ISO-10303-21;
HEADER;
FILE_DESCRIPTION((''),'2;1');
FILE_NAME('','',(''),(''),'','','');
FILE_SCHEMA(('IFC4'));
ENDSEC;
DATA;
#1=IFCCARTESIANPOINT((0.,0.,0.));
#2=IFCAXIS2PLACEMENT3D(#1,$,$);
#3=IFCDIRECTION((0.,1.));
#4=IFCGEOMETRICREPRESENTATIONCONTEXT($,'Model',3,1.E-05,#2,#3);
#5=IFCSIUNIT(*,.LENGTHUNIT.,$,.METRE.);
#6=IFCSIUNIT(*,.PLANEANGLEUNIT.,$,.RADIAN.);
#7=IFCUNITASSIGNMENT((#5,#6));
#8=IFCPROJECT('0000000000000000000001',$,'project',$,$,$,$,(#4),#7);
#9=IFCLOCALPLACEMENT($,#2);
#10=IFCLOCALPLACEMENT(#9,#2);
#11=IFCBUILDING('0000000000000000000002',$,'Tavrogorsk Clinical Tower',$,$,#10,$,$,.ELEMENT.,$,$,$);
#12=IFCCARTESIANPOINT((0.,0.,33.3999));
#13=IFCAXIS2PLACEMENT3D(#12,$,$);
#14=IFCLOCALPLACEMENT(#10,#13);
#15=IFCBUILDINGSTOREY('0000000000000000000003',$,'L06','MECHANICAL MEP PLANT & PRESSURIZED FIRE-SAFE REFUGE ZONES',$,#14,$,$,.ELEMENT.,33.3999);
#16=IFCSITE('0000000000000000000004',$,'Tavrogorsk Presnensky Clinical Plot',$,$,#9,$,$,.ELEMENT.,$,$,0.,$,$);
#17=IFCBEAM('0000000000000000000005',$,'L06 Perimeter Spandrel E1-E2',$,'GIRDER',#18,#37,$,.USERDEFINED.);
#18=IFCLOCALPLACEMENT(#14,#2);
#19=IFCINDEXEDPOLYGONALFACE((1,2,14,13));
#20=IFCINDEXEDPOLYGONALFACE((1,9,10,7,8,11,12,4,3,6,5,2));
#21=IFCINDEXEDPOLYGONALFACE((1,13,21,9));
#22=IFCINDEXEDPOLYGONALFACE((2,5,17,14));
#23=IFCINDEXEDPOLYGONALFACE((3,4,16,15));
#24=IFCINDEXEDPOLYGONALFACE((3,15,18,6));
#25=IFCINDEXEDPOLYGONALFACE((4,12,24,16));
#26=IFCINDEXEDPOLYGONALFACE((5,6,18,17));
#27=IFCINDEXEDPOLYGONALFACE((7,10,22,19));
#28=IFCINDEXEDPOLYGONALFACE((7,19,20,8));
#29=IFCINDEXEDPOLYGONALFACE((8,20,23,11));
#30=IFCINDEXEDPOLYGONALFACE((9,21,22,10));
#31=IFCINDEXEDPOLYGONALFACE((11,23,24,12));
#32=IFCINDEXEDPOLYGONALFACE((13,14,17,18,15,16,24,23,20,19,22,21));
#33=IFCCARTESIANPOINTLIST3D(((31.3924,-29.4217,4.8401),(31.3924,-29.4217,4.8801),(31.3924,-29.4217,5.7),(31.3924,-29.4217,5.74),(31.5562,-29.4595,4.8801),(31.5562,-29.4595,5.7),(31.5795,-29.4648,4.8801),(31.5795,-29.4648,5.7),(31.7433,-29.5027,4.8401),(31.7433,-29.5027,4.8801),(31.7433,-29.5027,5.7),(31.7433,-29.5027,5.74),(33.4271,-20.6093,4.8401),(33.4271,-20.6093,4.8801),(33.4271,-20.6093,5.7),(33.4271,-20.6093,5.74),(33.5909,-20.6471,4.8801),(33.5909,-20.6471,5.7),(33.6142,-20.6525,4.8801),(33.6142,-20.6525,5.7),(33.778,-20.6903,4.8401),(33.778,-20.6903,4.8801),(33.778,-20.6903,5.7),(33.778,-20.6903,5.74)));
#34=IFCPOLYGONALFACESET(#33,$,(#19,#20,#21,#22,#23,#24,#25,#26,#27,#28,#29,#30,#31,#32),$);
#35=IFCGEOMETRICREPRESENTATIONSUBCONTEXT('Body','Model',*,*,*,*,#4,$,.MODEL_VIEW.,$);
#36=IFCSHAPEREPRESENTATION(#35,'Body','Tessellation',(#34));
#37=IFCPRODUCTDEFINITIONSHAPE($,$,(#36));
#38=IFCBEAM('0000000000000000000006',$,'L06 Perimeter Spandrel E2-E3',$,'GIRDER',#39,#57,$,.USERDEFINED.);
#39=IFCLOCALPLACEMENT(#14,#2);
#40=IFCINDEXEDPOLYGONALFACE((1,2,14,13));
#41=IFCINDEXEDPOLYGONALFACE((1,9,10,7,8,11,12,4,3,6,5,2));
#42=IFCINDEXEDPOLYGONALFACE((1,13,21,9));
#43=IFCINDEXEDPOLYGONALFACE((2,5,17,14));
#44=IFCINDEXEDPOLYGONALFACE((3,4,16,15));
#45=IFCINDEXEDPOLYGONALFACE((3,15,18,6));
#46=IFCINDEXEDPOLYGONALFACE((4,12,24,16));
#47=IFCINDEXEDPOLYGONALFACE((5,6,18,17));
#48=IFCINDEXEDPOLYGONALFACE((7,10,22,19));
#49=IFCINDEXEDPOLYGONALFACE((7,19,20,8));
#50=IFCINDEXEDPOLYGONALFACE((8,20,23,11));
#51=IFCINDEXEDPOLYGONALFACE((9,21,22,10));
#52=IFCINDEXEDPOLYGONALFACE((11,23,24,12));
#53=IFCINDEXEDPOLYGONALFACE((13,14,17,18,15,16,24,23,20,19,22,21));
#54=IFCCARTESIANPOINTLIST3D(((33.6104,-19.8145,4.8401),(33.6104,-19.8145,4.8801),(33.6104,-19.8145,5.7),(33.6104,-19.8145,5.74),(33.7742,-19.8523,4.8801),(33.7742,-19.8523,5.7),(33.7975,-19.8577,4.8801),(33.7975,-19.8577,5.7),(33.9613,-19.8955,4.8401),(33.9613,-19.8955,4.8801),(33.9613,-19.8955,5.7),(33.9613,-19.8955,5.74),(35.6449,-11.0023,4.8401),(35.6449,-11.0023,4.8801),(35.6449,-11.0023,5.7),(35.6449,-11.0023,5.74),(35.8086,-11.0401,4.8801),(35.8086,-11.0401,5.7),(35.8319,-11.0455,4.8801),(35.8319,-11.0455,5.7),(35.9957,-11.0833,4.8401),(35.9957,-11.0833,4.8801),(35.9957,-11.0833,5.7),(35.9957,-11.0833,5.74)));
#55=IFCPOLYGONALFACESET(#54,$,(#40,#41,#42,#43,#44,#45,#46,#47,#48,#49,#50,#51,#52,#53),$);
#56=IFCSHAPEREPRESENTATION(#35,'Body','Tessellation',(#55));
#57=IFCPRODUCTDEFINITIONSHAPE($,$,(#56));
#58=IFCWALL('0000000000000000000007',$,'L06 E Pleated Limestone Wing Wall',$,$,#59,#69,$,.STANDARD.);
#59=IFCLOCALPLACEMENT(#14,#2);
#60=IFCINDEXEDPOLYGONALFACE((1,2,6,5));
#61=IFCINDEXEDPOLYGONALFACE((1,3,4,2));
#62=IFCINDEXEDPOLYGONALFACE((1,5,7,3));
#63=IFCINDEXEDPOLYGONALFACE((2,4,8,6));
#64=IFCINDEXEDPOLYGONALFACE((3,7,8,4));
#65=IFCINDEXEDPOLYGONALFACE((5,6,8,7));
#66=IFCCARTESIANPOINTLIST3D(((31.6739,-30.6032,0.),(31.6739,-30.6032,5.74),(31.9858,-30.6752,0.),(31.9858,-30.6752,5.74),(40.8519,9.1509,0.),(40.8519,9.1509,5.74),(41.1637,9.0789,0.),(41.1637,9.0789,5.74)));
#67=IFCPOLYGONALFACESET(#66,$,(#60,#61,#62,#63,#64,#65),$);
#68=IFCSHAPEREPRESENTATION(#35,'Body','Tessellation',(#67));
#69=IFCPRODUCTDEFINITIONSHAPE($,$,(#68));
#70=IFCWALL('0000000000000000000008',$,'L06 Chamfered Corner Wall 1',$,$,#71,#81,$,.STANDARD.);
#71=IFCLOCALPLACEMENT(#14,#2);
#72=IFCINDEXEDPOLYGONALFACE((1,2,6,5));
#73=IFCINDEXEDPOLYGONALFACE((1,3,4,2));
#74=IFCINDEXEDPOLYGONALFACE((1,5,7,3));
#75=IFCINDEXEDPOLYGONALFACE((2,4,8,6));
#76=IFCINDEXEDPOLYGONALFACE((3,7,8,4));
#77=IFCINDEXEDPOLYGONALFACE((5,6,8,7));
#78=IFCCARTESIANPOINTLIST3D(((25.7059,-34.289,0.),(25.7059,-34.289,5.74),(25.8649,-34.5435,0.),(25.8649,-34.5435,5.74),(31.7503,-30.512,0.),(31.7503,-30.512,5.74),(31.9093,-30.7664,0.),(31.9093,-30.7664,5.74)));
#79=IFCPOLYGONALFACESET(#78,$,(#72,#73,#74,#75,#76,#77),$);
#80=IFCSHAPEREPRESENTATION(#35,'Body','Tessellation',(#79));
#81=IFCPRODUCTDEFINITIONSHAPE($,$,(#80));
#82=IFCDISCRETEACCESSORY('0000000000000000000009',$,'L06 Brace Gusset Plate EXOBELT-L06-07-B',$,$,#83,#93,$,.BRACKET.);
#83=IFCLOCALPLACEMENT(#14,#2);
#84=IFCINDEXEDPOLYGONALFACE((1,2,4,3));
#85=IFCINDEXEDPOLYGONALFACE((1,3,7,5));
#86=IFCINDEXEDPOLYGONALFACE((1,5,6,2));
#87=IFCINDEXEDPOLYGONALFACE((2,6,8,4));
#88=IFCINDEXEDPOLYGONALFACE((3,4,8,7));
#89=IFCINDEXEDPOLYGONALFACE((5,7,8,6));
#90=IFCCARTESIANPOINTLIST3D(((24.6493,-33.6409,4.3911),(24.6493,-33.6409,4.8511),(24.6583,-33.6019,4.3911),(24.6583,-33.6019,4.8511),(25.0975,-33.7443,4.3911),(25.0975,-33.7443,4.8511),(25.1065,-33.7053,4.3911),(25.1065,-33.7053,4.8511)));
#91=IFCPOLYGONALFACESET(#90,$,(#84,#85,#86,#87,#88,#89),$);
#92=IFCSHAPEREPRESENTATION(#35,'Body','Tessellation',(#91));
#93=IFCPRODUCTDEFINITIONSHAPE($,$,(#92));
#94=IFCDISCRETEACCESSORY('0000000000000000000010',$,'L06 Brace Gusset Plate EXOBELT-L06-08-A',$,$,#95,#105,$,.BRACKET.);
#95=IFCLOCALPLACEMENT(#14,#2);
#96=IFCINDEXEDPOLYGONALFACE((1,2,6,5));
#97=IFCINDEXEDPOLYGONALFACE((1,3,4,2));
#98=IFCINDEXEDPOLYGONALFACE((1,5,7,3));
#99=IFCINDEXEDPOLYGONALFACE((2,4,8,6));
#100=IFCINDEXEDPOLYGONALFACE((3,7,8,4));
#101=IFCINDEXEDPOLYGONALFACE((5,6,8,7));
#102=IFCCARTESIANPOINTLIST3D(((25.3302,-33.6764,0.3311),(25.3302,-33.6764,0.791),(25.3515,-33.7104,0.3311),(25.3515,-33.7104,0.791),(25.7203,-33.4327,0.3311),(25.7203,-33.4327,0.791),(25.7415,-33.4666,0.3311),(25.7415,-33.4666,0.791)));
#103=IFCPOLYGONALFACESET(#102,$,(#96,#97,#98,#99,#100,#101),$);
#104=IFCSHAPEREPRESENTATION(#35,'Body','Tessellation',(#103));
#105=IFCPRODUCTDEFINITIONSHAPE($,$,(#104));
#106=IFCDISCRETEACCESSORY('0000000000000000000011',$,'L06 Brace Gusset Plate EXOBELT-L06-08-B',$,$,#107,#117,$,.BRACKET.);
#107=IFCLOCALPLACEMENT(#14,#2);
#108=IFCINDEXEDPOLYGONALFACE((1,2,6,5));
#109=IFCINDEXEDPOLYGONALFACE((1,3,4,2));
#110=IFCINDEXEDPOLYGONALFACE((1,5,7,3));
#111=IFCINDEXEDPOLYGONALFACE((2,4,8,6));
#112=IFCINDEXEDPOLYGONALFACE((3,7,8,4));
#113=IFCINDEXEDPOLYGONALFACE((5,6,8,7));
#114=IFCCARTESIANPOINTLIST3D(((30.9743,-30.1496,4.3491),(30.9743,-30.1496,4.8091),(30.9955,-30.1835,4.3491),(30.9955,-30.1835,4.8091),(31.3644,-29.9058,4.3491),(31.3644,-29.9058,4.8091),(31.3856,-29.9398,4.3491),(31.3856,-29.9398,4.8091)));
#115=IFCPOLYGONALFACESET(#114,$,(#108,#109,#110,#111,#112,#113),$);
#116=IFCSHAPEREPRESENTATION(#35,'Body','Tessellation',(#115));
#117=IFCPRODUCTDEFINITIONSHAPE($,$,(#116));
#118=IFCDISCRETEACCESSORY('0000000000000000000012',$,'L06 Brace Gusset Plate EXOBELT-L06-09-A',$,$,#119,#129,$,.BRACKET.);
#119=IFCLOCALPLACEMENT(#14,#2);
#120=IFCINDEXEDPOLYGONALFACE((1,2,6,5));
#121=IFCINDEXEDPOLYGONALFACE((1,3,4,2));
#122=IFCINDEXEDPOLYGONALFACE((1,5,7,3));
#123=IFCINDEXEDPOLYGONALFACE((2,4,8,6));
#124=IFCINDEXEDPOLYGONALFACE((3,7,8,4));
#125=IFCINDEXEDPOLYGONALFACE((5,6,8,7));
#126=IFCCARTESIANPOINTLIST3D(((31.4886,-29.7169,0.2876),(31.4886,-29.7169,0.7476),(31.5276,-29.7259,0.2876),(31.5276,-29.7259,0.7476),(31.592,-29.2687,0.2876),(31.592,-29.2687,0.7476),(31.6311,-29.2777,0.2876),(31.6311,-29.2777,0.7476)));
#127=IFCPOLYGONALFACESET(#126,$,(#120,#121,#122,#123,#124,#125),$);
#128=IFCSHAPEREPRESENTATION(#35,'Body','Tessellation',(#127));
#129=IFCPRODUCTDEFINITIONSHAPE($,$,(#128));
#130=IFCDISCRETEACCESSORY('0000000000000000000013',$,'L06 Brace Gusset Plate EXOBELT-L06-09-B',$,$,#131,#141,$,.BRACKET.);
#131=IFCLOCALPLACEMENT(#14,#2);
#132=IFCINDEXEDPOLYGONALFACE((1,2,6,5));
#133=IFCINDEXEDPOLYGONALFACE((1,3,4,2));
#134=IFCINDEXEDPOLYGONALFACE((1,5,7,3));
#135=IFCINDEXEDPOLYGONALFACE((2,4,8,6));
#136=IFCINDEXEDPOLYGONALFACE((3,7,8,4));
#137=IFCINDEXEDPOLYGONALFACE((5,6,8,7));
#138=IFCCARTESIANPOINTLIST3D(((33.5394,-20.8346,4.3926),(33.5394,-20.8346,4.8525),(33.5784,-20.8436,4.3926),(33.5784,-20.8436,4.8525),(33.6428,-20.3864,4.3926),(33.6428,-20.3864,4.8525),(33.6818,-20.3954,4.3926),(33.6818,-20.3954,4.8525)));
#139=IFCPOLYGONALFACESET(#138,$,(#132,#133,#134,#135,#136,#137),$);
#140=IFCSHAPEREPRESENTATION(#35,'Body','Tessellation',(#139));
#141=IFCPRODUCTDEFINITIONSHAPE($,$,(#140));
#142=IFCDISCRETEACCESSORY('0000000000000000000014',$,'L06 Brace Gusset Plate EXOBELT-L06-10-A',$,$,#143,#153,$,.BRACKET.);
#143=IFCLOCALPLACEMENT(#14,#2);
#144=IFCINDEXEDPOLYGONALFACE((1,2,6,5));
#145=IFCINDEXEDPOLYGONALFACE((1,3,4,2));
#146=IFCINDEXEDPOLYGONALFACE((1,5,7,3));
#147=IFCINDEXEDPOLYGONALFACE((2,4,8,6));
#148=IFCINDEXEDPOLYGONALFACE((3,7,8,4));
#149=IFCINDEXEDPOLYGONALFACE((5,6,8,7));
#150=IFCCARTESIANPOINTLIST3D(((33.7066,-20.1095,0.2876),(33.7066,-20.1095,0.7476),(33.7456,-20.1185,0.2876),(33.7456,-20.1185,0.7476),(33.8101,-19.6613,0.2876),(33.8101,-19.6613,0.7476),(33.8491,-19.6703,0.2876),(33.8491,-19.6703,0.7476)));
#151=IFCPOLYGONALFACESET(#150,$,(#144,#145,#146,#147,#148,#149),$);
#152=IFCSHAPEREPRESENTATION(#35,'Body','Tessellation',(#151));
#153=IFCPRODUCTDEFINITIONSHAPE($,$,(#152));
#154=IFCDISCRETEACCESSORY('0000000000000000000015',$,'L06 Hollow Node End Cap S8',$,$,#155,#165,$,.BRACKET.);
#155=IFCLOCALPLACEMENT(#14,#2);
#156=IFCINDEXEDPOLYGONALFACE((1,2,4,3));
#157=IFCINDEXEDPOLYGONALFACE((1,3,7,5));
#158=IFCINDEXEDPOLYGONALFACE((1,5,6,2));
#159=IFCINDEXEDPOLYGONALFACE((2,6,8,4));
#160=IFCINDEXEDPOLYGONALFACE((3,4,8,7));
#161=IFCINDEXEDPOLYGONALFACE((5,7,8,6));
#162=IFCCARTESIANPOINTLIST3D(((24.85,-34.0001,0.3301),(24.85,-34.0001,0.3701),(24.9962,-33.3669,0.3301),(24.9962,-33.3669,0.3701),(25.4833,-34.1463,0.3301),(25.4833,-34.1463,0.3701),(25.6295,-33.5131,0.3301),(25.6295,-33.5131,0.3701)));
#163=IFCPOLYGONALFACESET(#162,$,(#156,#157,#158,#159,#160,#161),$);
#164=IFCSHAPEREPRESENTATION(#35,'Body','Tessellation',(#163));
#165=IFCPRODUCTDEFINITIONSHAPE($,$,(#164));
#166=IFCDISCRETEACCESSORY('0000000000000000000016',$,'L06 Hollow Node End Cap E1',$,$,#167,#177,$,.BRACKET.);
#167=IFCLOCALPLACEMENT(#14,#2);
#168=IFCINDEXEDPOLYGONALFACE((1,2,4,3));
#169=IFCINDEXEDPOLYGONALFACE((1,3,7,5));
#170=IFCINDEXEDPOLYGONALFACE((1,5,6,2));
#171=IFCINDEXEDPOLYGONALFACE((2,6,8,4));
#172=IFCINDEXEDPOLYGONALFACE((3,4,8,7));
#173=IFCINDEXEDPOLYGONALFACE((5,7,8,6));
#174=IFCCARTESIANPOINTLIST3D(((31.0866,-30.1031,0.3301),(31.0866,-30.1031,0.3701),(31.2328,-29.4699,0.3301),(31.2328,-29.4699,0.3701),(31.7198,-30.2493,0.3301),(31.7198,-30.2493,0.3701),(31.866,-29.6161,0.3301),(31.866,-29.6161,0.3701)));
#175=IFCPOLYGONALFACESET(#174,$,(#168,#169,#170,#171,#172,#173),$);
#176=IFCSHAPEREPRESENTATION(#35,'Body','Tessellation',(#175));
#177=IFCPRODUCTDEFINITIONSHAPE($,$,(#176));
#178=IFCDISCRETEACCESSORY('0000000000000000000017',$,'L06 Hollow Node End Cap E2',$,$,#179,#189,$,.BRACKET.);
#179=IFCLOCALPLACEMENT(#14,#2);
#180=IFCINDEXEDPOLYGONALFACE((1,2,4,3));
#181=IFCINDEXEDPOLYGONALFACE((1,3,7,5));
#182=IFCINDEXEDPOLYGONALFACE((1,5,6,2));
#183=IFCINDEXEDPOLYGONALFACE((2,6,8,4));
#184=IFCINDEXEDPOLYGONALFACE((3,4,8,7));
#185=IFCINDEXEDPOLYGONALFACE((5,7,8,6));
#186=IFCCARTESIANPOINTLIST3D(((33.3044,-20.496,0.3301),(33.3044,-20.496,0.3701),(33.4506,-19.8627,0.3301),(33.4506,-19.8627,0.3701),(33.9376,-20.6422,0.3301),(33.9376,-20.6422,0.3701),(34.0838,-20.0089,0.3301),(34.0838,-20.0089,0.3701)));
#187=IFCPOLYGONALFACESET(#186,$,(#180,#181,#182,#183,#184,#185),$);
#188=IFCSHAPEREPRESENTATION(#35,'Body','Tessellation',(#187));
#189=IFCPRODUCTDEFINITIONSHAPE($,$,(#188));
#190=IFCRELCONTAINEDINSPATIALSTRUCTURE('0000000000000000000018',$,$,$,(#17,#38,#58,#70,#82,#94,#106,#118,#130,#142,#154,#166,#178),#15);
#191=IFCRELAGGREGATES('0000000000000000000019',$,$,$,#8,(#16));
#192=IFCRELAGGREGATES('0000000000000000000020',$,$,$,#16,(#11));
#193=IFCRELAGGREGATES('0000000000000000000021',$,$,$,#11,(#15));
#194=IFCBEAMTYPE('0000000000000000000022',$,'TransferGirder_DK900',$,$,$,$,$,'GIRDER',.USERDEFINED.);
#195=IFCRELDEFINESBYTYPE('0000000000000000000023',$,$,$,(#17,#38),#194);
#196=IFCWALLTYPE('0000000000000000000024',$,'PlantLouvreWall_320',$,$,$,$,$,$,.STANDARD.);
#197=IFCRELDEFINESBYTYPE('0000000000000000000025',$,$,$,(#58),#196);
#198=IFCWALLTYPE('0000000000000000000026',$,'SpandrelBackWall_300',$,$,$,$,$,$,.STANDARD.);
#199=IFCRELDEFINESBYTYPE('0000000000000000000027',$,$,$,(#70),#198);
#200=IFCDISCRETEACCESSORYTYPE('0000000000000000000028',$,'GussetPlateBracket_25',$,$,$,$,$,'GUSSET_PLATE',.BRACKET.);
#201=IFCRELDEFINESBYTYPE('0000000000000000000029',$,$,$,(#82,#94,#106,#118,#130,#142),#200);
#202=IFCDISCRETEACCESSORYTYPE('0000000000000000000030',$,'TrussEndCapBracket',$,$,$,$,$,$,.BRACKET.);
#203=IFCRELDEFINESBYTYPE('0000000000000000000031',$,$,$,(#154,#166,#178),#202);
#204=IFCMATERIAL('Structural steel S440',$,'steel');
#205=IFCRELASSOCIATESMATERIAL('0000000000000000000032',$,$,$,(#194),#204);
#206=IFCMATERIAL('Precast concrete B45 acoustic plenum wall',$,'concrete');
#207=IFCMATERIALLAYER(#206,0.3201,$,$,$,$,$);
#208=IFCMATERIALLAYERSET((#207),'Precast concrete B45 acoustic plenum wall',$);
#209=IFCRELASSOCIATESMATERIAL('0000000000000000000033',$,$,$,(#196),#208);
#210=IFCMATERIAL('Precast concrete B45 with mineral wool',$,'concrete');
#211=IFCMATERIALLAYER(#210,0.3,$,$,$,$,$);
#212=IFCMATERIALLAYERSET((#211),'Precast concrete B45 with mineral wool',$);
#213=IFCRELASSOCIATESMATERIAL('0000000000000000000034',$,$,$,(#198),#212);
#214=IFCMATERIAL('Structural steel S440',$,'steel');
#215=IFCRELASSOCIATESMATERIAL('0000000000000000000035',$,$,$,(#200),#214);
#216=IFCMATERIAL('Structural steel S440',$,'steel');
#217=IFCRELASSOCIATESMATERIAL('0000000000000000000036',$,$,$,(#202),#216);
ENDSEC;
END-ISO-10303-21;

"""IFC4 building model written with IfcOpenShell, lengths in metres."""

from ifc_helpers import new_model, si_unit, direction, frame, frame_2d, origin, origin_2d, place, context, subcontext, project, spatial, rectangle, i_section, extrude, material, layer, layer_set, material_profile, profile_set, type_object, element, save


model = new_model("IFC4")

# Units and contexts
model_context = context("Model", 3, precision=1e-05, world=origin(), true_north=direction((0.0, 1.0)))
body_context = subcontext(model_context, "Body", "Model", "MODEL_VIEW")
ifc_project = project(units=[si_unit("LENGTHUNIT", "METRE"), si_unit("PLANEANGLEUNIT", "RADIAN")], contexts=[model_context])

# Site, building, storey
site_placement = place(None, origin())
site = spatial("IfcSite", under=ifc_project, at=site_placement, Name="Tavrogorsk Presnensky Clinical Plot", CompositionType="ELEMENT", RefElevation=0.0)
building_placement = place(site_placement, origin())
building = spatial("IfcBuilding", under=site, at=building_placement, Name="Tavrogorsk Clinical Tower", CompositionType="ELEMENT")
storey_placement = place(building_placement, frame((0.0, 0.0, 33.3999)))
storey = spatial("IfcBuildingStorey", under=building, at=storey_placement, Name="L06", Description="MECHANICAL MEP PLANT & PRESSURIZED FIRE-SAFE REFUGE ZONES", CompositionType="ELEMENT", Elevation=33.3999)

# Beams
ifc_material_1 = material(Name="Structural steel S440", Category="steel")
ifc_material_profile_1 = material_profile(ifc_material_1, i_section(OverallWidth=0.3601, OverallDepth=0.8999, WebThickness=0.0239, FlangeThickness=0.04, at=origin_2d()), Name="DK-900x360x24x40")
ifc_profile_set_1 = profile_set([ifc_material_profile_1], Name="Structural steel S440")
beam_type_1 = type_object("IfcBeamType", Name="TransferGirder_DK900", ElementType="GIRDER", PredefinedType="USERDEFINED", material=ifc_profile_set_1)
beam_1_placement = place(storey_placement, frame((31.5679, -29.4622, 5.29), z_axis=(0.224972, 0.974365, 0.0), x_axis=(-0.974365, 0.224972, 0.0)))
element("IfcBeam", 1, at=beam_1_placement, inside=storey, type_object=beam_type_1, Name="L06 Perimeter Spandrel E1-E2", ObjectType="GIRDER", PredefinedType="USERDEFINED", context=body_context, shape_type="SweptSolid", body=[
    extrude(i_section(OverallWidth=0.3601, OverallDepth=0.8999, WebThickness=0.0239, FlangeThickness=0.04, at=origin_2d()), origin(), (0.0, 0.0, 1.0), 9.0442),
])
beam_2_placement = place(storey_placement, frame((33.7859, -19.855, 5.29), z_axis=(0.224946, 0.974371, 0.0), x_axis=(-0.974371, 0.224946, 0.0)))
element("IfcBeam", 2, at=beam_2_placement, inside=storey, type_object=beam_type_1, Name="L06 Perimeter Spandrel E2-E3", ObjectType="GIRDER", PredefinedType="USERDEFINED", context=body_context, shape_type="SweptSolid", body=[
    extrude(i_section(OverallWidth=0.3601, OverallDepth=0.8999, WebThickness=0.0239, FlangeThickness=0.04, at=origin_2d()), origin(), (0.0, 0.0, 1.0), 9.0439),
])

# Walls
ifc_material_2 = material(Name="Precast concrete B45 acoustic plenum wall", Category="concrete")
ifc_layer_1 = layer(ifc_material_2, 0.3201)
ifc_layer_set_1 = layer_set([ifc_layer_1], Name="Precast concrete B45 acoustic plenum wall")
wall_type_1 = type_object("IfcWallType", Name="PlantLouvreWall_320", PredefinedType="STANDARD", material=ifc_layer_set_1)
wall_1_placement = place(storey_placement, frame((31.8298, -30.6392, 0.0), z_axis=(0.0, 0.0, 1.0), x_axis=(0.224951, 0.97437, 0.0)))
element("IfcWall", 3, at=wall_1_placement, inside=storey, type_object=wall_type_1, Name="L06 E Pleated Limestone Wing Wall", PredefinedType="STANDARD", context=body_context, shape_type="SweptSolid", body=[
    extrude(rectangle(XDim=40.7998, YDim=0.3201, at=frame_2d((20.3999, 0.0))), origin(), (0.0, 0.0, 1.0), 5.74),
])
ifc_material_3 = material(Name="Precast concrete B45 with mineral wool", Category="concrete")
ifc_layer_2 = layer(ifc_material_3, 0.3)
ifc_layer_set_2 = layer_set([ifc_layer_2], Name="Precast concrete B45 with mineral wool")
wall_type_2 = type_object("IfcWallType", Name="SpandrelBackWall_300", PredefinedType="STANDARD", material=ifc_layer_set_2)
wall_2_placement = place(storey_placement, frame((25.7854, -34.4163, 0.0), z_axis=(0.0, 0.0, 1.0), x_axis=(0.848041, 0.529931, 0.0)))
element("IfcWall", 4, at=wall_2_placement, inside=storey, type_object=wall_type_2, Name="L06 Chamfered Corner Wall 1", PredefinedType="STANDARD", context=body_context, shape_type="SweptSolid", body=[
    extrude(rectangle(XDim=7.1274, YDim=0.3, at=frame_2d((3.5637, 0.0))), origin(), (0.0, 0.0, 1.0), 5.74),
])

# Discrete accessories
ifc_material_4 = material(Name="Structural steel S440", Category="steel")
discrete_accessory_type_1 = type_object("IfcDiscreteAccessoryType", Name="GussetPlateBracket_25", ElementType="GUSSET_PLATE", PredefinedType="BRACKET", material=ifc_material_4)
for number, where, z_axis, x_axis, name in (
    (5, (24.8779, -33.6731, 4.3911), (0.0, 0.0, 1.0), (0.97437, -0.224951, 0.0), "L06 Brace Gusset Plate EXOBELT-L06-07-B"),
    (6, (25.5359, -33.5715, 0.3311), (0.0, 0.0, 1.0), (0.848048, 0.529919, 0.0), "L06 Brace Gusset Plate EXOBELT-L06-08-A"),
    (7, (31.1799, -30.0447, 4.3491), (0.0, 0.0, 1.0), (0.848048, 0.529919, 0.0), "L06 Brace Gusset Plate EXOBELT-L06-08-B"),
    (8, (31.5598, -29.4973, 0.2876), (0.0, 0.0, 1.0), (0.224951, 0.97437, 0.0), "L06 Brace Gusset Plate EXOBELT-L06-09-A"),
    (9, (33.6106, -20.615, 4.3926), (0.0, 0.0, 1.0), (0.224951, 0.97437, 0.0), "L06 Brace Gusset Plate EXOBELT-L06-09-B"),
    (10, (33.7778, -19.8899, 0.2876), (0.0, 0.0, 1.0), (0.224951, 0.97437, 0.0), "L06 Brace Gusset Plate EXOBELT-L06-10-A"),
):
    element("IfcDiscreteAccessory", number, at=place(storey_placement, frame(where, z_axis=z_axis, x_axis=x_axis)), inside=storey, type_object=discrete_accessory_type_1, Name=name, PredefinedType="BRACKET", context=body_context, shape_type="SweptSolid", body=[
        extrude(rectangle(XDim=0.46, YDim=0.04, at=origin_2d()), origin(), (0.0, 0.0, 1.0), 0.46),
    ])
ifc_material_5 = material(Name="Structural steel S440", Category="steel")
discrete_accessory_type_2 = type_object("IfcDiscreteAccessoryType", Name="TrussEndCapBracket", PredefinedType="BRACKET", material=ifc_material_5)
for number, where, z_axis, x_axis, name in (
    (11, (25.2397, -33.7566, 0.3301), (0.0, 0.0, 1.0), (0.97437, -0.224951, 0.0), "L06 Hollow Node End Cap S8"),
    (12, (31.4763, -29.8596, 0.3301), (0.0, 0.0, 1.0), (0.97437, -0.224951, 0.0), "L06 Hollow Node End Cap E1"),
    (13, (33.6941, -20.2524, 0.3301), (0.0, 0.0, 1.0), (0.97437, -0.224951, 0.0), "L06 Hollow Node End Cap E2"),
):
    element("IfcDiscreteAccessory", number, at=place(storey_placement, frame(where, z_axis=z_axis, x_axis=x_axis)), inside=storey, type_object=discrete_accessory_type_2, Name=name, PredefinedType="BRACKET", context=body_context, shape_type="SweptSolid", body=[
        extrude(rectangle(XDim=0.6499, YDim=0.6499, at=origin_2d()), origin(), (0.0, 0.0, 1.0), 0.04),
    ])

save(model, "model.ifc")
